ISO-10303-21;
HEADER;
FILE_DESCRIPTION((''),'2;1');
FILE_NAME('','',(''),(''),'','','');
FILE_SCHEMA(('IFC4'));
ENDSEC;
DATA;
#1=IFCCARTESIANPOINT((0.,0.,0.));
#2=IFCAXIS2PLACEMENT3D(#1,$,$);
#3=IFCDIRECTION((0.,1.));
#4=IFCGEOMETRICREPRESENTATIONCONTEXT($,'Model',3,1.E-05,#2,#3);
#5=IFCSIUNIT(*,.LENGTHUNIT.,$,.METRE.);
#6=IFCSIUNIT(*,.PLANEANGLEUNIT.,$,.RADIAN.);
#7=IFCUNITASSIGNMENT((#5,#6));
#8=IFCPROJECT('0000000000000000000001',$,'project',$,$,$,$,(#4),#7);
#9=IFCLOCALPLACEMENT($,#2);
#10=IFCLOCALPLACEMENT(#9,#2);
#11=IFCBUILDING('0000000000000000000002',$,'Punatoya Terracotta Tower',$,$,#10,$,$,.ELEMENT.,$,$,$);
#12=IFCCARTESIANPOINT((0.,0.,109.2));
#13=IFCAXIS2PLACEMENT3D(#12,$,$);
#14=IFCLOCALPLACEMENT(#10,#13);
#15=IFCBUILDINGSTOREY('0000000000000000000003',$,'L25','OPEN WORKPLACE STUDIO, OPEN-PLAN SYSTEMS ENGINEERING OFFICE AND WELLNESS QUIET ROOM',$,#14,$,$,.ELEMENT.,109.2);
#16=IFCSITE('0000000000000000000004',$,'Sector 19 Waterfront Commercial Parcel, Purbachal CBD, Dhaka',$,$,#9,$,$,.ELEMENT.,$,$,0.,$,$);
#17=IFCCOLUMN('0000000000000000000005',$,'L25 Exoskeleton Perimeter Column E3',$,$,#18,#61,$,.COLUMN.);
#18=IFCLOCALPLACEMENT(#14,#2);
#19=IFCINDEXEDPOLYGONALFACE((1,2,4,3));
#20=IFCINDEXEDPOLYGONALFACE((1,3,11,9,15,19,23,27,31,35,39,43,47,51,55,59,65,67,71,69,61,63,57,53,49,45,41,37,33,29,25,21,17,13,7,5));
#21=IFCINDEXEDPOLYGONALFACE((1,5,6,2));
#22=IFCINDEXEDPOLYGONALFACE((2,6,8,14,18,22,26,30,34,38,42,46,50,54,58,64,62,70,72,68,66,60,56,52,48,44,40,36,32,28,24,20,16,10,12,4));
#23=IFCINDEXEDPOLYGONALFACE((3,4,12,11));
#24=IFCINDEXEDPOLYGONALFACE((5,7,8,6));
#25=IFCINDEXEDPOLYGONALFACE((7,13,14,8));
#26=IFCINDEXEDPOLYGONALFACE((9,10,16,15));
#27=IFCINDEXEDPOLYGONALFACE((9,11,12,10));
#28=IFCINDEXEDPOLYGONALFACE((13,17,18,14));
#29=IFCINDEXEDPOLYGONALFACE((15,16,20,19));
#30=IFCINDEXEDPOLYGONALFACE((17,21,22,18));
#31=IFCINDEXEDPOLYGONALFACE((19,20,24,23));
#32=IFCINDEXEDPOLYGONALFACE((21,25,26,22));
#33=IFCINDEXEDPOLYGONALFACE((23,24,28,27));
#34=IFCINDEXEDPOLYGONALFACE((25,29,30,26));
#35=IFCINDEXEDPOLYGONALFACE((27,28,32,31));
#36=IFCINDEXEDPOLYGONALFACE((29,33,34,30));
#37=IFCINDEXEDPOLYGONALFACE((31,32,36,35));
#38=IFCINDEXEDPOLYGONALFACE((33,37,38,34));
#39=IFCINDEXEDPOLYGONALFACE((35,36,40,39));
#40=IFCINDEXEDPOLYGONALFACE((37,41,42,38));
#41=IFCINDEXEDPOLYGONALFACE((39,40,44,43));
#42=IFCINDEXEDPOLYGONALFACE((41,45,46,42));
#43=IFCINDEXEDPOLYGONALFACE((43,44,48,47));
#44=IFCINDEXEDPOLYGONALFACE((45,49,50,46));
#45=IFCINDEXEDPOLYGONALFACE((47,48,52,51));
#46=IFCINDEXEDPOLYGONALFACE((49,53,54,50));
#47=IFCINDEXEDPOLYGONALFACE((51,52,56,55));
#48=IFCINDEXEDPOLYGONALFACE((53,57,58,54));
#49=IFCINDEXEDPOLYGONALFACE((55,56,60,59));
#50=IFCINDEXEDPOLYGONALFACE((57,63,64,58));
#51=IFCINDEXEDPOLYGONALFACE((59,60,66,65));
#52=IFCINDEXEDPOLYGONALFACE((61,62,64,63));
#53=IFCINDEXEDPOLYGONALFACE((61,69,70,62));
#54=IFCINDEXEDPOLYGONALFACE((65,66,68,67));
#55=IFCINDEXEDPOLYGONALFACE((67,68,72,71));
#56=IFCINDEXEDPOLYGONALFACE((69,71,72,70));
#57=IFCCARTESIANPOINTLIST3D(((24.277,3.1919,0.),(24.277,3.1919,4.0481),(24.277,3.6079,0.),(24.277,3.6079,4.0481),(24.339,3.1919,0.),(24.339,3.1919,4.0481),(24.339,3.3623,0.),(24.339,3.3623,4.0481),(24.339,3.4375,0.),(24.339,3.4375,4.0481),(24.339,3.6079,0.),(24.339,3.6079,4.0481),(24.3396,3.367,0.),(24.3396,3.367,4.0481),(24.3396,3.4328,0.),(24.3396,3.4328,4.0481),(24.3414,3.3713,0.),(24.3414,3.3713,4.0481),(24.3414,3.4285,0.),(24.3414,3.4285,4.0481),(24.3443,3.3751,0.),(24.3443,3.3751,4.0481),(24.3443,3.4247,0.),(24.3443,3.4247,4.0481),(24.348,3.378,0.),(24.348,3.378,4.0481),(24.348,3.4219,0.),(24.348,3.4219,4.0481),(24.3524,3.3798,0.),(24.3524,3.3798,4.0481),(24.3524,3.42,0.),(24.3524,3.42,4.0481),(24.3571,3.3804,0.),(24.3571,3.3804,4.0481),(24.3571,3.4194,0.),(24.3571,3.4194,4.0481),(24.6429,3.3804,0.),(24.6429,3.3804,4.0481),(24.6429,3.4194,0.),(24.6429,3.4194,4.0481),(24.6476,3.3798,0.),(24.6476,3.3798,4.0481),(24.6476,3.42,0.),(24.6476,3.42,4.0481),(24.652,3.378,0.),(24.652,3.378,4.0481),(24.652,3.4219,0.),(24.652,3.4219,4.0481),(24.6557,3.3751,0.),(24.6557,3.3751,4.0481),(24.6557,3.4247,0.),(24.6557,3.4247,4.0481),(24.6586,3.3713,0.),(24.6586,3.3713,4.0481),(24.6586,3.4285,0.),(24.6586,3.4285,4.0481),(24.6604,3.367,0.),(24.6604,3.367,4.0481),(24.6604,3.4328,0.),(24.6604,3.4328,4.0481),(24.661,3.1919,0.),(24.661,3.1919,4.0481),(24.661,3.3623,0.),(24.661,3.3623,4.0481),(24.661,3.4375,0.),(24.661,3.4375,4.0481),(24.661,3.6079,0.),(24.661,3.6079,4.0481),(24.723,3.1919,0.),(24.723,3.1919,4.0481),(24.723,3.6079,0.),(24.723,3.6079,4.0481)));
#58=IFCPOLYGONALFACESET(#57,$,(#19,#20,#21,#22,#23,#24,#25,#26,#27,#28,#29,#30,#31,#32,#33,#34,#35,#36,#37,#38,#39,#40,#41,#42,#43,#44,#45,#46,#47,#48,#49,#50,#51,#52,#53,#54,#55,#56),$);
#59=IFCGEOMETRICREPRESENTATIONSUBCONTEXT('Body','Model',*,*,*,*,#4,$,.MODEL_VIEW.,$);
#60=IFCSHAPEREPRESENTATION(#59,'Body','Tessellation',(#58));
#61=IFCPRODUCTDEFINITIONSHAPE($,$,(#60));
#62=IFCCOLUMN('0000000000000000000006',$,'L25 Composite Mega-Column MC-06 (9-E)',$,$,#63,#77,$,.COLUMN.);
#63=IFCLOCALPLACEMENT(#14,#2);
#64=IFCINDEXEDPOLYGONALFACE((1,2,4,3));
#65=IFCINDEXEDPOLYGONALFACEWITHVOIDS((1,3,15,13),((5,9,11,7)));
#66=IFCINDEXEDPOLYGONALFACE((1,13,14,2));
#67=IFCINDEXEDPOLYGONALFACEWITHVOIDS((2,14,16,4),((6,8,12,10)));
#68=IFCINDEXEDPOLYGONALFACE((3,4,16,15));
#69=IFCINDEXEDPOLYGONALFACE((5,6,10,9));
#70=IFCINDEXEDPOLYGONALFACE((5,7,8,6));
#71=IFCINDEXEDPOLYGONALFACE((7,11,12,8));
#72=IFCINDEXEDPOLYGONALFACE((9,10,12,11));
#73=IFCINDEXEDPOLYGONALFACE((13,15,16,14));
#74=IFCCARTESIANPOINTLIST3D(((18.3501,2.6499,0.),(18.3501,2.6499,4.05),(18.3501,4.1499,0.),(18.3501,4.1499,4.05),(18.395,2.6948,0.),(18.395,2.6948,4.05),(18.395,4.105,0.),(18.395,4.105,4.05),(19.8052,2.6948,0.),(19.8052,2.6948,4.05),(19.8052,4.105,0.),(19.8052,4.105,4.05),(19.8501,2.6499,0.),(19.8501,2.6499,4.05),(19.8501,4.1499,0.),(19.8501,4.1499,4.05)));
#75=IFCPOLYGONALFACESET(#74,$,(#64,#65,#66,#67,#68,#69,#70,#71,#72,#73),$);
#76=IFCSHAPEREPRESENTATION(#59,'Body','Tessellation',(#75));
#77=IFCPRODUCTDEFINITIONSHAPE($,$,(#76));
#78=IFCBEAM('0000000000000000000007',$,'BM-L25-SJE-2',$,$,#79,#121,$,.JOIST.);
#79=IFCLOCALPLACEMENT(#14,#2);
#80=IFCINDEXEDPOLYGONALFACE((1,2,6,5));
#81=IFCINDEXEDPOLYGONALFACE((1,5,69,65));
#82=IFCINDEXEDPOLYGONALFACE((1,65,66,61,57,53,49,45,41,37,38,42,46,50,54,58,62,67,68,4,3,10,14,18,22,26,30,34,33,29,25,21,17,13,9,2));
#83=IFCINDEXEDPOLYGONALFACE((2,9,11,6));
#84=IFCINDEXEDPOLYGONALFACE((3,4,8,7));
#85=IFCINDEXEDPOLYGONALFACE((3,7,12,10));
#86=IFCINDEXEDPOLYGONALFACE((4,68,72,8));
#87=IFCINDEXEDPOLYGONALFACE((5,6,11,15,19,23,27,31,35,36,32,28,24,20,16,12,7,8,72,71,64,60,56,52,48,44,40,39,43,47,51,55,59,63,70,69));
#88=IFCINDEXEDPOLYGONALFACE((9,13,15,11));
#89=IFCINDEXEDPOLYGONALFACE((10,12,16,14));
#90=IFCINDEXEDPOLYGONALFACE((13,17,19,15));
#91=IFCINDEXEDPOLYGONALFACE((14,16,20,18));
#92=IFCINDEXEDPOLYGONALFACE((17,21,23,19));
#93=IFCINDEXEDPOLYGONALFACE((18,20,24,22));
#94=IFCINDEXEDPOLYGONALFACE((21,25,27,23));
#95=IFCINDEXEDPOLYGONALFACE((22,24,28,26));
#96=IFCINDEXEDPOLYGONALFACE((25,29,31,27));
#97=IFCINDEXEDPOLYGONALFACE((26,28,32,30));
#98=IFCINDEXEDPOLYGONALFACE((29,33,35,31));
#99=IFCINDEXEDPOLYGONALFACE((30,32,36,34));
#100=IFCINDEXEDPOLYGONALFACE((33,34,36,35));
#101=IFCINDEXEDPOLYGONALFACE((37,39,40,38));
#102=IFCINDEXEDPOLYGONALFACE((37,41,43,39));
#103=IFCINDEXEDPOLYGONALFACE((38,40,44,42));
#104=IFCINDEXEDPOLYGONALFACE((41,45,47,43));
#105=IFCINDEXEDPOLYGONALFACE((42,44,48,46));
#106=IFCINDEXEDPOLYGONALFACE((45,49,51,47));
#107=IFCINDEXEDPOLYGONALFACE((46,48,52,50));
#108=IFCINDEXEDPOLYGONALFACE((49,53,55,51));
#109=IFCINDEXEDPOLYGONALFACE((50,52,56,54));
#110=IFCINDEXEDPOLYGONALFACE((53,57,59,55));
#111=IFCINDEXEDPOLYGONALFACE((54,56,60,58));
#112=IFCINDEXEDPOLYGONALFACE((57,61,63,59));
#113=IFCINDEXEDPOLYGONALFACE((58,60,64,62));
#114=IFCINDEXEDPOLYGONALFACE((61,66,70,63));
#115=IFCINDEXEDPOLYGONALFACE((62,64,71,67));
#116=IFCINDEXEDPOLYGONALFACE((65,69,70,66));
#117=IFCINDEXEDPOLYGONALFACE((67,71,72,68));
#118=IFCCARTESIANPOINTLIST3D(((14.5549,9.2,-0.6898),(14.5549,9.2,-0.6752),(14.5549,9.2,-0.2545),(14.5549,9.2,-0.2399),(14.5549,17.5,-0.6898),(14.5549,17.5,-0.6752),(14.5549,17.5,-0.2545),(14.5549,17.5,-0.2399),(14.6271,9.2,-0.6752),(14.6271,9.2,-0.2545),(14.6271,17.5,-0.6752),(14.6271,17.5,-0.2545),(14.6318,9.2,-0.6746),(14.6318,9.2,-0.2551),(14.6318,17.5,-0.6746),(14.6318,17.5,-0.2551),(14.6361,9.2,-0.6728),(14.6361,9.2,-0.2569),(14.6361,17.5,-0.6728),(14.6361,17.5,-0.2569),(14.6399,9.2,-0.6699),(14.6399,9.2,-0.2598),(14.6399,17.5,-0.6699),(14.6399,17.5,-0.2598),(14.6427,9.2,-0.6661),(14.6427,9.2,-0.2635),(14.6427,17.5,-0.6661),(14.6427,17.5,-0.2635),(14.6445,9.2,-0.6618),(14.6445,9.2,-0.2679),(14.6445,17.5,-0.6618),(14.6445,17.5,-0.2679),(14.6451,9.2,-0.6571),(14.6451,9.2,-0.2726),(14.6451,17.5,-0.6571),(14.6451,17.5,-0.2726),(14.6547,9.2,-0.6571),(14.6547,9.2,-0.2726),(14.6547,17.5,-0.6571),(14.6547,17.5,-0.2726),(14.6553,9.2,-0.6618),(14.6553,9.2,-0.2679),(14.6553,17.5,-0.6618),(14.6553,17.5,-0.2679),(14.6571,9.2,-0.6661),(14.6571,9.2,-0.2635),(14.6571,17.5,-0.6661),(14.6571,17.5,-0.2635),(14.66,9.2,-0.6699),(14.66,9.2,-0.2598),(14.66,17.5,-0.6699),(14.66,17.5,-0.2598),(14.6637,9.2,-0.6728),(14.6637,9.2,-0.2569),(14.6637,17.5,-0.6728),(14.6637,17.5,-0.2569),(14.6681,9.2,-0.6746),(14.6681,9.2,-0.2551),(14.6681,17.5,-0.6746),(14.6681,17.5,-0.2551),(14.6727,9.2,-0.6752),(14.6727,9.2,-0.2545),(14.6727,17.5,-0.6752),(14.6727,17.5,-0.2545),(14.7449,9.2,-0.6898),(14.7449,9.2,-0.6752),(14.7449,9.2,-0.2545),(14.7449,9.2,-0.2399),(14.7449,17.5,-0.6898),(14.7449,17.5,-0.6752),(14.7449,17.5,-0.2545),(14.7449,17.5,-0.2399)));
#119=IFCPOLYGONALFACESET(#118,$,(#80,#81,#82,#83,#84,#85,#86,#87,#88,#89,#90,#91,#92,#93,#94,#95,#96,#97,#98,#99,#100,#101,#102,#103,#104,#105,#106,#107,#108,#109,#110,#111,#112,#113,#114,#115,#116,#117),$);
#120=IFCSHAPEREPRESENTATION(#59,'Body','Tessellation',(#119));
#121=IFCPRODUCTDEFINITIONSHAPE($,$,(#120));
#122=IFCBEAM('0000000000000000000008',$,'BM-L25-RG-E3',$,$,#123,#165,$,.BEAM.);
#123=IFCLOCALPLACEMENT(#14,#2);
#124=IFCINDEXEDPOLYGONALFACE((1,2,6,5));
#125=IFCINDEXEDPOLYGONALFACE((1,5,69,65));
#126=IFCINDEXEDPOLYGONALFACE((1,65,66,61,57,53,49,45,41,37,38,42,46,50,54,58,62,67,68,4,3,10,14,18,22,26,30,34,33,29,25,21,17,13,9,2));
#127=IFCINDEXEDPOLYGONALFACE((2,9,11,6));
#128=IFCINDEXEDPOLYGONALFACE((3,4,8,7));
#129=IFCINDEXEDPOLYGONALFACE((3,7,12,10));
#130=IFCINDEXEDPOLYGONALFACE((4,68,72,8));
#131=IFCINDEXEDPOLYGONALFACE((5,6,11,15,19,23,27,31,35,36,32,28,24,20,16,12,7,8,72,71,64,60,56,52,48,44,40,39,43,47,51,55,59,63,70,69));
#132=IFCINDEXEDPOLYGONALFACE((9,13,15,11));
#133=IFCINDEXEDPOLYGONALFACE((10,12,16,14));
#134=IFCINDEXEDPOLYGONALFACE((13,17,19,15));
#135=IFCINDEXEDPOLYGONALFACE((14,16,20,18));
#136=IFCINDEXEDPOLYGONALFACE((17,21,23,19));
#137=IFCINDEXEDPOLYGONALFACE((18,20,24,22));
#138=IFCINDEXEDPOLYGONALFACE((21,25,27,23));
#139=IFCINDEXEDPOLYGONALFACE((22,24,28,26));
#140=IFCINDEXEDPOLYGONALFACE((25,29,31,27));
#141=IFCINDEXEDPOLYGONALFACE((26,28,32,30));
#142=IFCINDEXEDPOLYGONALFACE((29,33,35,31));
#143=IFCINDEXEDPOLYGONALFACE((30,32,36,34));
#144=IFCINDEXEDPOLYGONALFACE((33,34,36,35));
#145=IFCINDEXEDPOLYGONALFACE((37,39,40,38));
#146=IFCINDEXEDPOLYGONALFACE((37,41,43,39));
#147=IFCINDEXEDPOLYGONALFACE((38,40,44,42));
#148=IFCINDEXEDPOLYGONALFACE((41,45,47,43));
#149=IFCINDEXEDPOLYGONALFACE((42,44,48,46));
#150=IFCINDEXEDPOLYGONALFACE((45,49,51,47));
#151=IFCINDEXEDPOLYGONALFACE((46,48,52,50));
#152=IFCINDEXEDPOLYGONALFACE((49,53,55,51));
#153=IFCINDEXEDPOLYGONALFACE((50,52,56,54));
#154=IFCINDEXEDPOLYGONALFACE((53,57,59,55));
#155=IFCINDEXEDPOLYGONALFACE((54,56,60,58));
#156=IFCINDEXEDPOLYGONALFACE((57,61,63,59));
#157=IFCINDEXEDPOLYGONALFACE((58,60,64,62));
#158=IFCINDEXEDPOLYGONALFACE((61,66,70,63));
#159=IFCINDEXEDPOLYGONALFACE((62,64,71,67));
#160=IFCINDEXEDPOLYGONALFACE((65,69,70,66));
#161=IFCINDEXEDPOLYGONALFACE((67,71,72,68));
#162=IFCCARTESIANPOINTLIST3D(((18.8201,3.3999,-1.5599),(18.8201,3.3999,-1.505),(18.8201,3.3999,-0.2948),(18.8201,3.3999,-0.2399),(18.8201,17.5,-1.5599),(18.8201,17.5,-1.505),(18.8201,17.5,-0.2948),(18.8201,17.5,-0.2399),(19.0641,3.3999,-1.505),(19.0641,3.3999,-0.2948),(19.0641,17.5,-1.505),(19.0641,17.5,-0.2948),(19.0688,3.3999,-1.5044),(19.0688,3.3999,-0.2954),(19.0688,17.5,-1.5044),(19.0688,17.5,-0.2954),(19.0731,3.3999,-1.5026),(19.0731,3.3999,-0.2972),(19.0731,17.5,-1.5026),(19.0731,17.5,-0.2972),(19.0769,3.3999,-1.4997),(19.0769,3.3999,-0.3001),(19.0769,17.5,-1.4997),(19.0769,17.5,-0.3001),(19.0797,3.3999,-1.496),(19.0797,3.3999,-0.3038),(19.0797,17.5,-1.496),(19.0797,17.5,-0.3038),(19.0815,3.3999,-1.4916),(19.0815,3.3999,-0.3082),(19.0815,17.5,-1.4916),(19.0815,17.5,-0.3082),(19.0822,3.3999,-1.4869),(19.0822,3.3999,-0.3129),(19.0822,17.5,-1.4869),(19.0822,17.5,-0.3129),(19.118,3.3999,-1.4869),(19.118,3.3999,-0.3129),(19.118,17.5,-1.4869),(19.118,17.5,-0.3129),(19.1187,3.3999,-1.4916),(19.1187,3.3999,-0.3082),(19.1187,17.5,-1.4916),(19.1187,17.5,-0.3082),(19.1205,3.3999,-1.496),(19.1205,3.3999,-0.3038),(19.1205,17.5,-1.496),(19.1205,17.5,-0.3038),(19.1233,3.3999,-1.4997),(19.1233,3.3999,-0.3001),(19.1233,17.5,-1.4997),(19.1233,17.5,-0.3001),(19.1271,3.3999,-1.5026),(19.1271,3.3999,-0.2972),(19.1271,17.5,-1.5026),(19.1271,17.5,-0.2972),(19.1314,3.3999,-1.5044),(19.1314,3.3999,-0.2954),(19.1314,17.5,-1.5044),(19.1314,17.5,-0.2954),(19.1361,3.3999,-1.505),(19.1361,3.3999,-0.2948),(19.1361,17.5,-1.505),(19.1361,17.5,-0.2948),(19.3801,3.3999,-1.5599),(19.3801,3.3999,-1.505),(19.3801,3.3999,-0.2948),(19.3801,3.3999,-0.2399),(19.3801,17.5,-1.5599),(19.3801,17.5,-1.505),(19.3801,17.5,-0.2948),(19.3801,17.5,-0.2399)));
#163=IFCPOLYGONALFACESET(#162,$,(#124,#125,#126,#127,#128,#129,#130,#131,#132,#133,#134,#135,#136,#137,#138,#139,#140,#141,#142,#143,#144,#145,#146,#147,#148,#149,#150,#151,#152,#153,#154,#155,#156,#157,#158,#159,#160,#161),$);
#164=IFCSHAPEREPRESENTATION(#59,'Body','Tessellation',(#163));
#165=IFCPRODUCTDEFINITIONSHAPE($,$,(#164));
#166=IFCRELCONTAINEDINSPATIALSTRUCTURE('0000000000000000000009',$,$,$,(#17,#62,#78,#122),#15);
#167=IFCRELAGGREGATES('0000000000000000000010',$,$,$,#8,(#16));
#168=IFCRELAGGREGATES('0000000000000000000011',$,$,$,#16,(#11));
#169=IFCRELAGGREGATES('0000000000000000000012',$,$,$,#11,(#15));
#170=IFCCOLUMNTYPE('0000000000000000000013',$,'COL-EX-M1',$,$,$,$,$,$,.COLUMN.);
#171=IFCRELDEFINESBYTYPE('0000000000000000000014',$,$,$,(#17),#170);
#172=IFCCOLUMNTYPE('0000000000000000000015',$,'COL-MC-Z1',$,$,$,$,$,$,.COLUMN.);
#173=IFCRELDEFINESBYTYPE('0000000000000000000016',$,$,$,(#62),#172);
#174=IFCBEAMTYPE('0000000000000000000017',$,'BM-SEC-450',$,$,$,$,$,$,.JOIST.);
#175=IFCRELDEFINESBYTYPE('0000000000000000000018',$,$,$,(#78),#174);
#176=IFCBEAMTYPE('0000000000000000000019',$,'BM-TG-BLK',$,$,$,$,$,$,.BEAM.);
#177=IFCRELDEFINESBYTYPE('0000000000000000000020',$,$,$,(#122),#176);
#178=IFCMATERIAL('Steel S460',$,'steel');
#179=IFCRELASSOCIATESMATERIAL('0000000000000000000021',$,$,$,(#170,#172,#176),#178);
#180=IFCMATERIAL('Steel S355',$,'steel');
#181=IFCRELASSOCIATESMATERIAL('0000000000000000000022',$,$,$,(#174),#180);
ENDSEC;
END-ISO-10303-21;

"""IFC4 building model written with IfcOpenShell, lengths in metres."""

from ifc_helpers import new_model, si_unit, direction, frame, origin, origin_2d, place, context, subcontext, project, spatial, hollow_rectangle, i_section, extrude, material, material_profile, profile_set, type_object, element, save


model = new_model("IFC4")

# Units and contexts
model_context = context("Model", 3, precision=1e-05, world=origin(), true_north=direction((0.0, 1.0)))
body_context = subcontext(model_context, "Body", "Model", "MODEL_VIEW")
ifc_project = project(units=[si_unit("LENGTHUNIT", "METRE"), si_unit("PLANEANGLEUNIT", "RADIAN")], contexts=[model_context])

# Site, building, storey
site_placement = place(None, origin())
site = spatial("IfcSite", under=ifc_project, at=site_placement, Name="Sector 19 Waterfront Commercial Parcel, Purbachal CBD, Dhaka", CompositionType="ELEMENT", RefElevation=0.0)
building_placement = place(site_placement, origin())
building = spatial("IfcBuilding", under=site, at=building_placement, Name="Punatoya Terracotta Tower", CompositionType="ELEMENT")
storey_placement = place(building_placement, frame((0.0, 0.0, 109.2)))
storey = spatial("IfcBuildingStorey", under=building, at=storey_placement, Name="L25", Description="OPEN WORKPLACE STUDIO, OPEN-PLAN SYSTEMS ENGINEERING OFFICE AND WELLNESS QUIET ROOM", CompositionType="ELEMENT", Elevation=109.2)

# Columns
ifc_material_1 = material(Name="Steel S460", Category="steel")
ifc_material_profile_1 = material_profile(ifc_material_1, i_section(OverallWidth=0.416, OverallDepth=0.446, WebThickness=0.0391, FlangeThickness=0.062, FilletRadius=0.0181, at=origin_2d()))
ifc_profile_set_1 = profile_set([ifc_material_profile_1], Name="Steel S460")
column_type_1 = type_object("IfcColumnType", Name="COL-EX-M1", PredefinedType="COLUMN", material=ifc_profile_set_1)
column_1_placement = place(storey_placement, frame((24.5, 3.3999, 0.0), z_axis=(0.0, 0.0, 1.0), x_axis=(0.0, 1.0, 0.0)))
element("IfcColumn", 1, at=column_1_placement, inside=storey, type_object=column_type_1, Name="L25 Exoskeleton Perimeter Column E3", PredefinedType="COLUMN", context=body_context, shape_type="SweptSolid", body=[
    extrude(i_section(OverallWidth=0.416, OverallDepth=0.446, WebThickness=0.0391, FlangeThickness=0.062, FilletRadius=0.0181, at=origin_2d()), origin(), (0.0, 0.0, 1.0), 4.0481),
])
ifc_material_profile_2 = material_profile(ifc_material_1, hollow_rectangle(XDim=1.5, YDim=1.5, WallThickness=0.0449, at=origin_2d()))
ifc_profile_set_2 = profile_set([ifc_material_profile_2], Name="Steel S460")
column_type_2 = type_object("IfcColumnType", Name="COL-MC-Z1", PredefinedType="COLUMN", material=ifc_profile_set_2)
column_2_placement = place(storey_placement, frame((19.1001, 3.3999, 0.0), z_axis=(0.0, 0.0, 1.0), x_axis=(1.0, 0.0, 0.0)))
element("IfcColumn", 2, at=column_2_placement, inside=storey, type_object=column_type_2, Name="L25 Composite Mega-Column MC-06 (9-E)", PredefinedType="COLUMN", context=body_context, shape_type="SweptSolid", body=[
    extrude(hollow_rectangle(XDim=1.5, YDim=1.5, WallThickness=0.0449, at=origin_2d()), origin(), (0.0, 0.0, 1.0), 4.05),
])

# Beams
ifc_material_2 = material(Name="Steel S355", Category="steel")
ifc_material_profile_3 = material_profile(ifc_material_2, i_section(OverallWidth=0.1899, OverallDepth=0.45, WebThickness=0.0095, FlangeThickness=0.0146, FilletRadius=0.0181, at=origin_2d()))
ifc_profile_set_3 = profile_set([ifc_material_profile_3], Name="Steel S355")
beam_type_1 = type_object("IfcBeamType", Name="BM-SEC-450", PredefinedType="JOIST", material=ifc_profile_set_3)
beam_1_placement = place(storey_placement, frame((14.6499, 9.2, -0.4648), z_axis=(0.0, 1.0, 0.0), x_axis=(-1.0, 0.0, 0.0)))
element("IfcBeam", 3, at=beam_1_placement, inside=storey, type_object=beam_type_1, Name="BM-L25-SJE-2", PredefinedType="JOIST", context=body_context, shape_type="SweptSolid", body=[
    extrude(i_section(OverallWidth=0.1899, OverallDepth=0.45, WebThickness=0.0095, FlangeThickness=0.0146, FilletRadius=0.0181, at=origin_2d()), origin(), (0.0, 0.0, 1.0), 8.3),
])
ifc_material_profile_4 = material_profile(ifc_material_1, i_section(OverallWidth=0.5601, OverallDepth=1.3201, WebThickness=0.0359, FlangeThickness=0.0549, FilletRadius=0.0181, at=origin_2d()))
ifc_profile_set_4 = profile_set([ifc_material_profile_4], Name="Steel S460")
beam_type_2 = type_object("IfcBeamType", Name="BM-TG-BLK", PredefinedType="BEAM", material=ifc_profile_set_4)
beam_2_placement = place(storey_placement, frame((19.1001, 3.3999, -0.8999), z_axis=(0.0, 1.0, 0.0), x_axis=(-1.0, 0.0, 0.0)))
element("IfcBeam", 4, at=beam_2_placement, inside=storey, type_object=beam_type_2, Name="BM-L25-RG-E3", PredefinedType="BEAM", context=body_context, shape_type="SweptSolid", body=[
    extrude(i_section(OverallWidth=0.5601, OverallDepth=1.3201, WebThickness=0.0359, FlangeThickness=0.0549, FilletRadius=0.0181, at=origin_2d()), origin(), (0.0, 0.0, 1.0), 14.1001),
])

save(model, "model.ifc")
